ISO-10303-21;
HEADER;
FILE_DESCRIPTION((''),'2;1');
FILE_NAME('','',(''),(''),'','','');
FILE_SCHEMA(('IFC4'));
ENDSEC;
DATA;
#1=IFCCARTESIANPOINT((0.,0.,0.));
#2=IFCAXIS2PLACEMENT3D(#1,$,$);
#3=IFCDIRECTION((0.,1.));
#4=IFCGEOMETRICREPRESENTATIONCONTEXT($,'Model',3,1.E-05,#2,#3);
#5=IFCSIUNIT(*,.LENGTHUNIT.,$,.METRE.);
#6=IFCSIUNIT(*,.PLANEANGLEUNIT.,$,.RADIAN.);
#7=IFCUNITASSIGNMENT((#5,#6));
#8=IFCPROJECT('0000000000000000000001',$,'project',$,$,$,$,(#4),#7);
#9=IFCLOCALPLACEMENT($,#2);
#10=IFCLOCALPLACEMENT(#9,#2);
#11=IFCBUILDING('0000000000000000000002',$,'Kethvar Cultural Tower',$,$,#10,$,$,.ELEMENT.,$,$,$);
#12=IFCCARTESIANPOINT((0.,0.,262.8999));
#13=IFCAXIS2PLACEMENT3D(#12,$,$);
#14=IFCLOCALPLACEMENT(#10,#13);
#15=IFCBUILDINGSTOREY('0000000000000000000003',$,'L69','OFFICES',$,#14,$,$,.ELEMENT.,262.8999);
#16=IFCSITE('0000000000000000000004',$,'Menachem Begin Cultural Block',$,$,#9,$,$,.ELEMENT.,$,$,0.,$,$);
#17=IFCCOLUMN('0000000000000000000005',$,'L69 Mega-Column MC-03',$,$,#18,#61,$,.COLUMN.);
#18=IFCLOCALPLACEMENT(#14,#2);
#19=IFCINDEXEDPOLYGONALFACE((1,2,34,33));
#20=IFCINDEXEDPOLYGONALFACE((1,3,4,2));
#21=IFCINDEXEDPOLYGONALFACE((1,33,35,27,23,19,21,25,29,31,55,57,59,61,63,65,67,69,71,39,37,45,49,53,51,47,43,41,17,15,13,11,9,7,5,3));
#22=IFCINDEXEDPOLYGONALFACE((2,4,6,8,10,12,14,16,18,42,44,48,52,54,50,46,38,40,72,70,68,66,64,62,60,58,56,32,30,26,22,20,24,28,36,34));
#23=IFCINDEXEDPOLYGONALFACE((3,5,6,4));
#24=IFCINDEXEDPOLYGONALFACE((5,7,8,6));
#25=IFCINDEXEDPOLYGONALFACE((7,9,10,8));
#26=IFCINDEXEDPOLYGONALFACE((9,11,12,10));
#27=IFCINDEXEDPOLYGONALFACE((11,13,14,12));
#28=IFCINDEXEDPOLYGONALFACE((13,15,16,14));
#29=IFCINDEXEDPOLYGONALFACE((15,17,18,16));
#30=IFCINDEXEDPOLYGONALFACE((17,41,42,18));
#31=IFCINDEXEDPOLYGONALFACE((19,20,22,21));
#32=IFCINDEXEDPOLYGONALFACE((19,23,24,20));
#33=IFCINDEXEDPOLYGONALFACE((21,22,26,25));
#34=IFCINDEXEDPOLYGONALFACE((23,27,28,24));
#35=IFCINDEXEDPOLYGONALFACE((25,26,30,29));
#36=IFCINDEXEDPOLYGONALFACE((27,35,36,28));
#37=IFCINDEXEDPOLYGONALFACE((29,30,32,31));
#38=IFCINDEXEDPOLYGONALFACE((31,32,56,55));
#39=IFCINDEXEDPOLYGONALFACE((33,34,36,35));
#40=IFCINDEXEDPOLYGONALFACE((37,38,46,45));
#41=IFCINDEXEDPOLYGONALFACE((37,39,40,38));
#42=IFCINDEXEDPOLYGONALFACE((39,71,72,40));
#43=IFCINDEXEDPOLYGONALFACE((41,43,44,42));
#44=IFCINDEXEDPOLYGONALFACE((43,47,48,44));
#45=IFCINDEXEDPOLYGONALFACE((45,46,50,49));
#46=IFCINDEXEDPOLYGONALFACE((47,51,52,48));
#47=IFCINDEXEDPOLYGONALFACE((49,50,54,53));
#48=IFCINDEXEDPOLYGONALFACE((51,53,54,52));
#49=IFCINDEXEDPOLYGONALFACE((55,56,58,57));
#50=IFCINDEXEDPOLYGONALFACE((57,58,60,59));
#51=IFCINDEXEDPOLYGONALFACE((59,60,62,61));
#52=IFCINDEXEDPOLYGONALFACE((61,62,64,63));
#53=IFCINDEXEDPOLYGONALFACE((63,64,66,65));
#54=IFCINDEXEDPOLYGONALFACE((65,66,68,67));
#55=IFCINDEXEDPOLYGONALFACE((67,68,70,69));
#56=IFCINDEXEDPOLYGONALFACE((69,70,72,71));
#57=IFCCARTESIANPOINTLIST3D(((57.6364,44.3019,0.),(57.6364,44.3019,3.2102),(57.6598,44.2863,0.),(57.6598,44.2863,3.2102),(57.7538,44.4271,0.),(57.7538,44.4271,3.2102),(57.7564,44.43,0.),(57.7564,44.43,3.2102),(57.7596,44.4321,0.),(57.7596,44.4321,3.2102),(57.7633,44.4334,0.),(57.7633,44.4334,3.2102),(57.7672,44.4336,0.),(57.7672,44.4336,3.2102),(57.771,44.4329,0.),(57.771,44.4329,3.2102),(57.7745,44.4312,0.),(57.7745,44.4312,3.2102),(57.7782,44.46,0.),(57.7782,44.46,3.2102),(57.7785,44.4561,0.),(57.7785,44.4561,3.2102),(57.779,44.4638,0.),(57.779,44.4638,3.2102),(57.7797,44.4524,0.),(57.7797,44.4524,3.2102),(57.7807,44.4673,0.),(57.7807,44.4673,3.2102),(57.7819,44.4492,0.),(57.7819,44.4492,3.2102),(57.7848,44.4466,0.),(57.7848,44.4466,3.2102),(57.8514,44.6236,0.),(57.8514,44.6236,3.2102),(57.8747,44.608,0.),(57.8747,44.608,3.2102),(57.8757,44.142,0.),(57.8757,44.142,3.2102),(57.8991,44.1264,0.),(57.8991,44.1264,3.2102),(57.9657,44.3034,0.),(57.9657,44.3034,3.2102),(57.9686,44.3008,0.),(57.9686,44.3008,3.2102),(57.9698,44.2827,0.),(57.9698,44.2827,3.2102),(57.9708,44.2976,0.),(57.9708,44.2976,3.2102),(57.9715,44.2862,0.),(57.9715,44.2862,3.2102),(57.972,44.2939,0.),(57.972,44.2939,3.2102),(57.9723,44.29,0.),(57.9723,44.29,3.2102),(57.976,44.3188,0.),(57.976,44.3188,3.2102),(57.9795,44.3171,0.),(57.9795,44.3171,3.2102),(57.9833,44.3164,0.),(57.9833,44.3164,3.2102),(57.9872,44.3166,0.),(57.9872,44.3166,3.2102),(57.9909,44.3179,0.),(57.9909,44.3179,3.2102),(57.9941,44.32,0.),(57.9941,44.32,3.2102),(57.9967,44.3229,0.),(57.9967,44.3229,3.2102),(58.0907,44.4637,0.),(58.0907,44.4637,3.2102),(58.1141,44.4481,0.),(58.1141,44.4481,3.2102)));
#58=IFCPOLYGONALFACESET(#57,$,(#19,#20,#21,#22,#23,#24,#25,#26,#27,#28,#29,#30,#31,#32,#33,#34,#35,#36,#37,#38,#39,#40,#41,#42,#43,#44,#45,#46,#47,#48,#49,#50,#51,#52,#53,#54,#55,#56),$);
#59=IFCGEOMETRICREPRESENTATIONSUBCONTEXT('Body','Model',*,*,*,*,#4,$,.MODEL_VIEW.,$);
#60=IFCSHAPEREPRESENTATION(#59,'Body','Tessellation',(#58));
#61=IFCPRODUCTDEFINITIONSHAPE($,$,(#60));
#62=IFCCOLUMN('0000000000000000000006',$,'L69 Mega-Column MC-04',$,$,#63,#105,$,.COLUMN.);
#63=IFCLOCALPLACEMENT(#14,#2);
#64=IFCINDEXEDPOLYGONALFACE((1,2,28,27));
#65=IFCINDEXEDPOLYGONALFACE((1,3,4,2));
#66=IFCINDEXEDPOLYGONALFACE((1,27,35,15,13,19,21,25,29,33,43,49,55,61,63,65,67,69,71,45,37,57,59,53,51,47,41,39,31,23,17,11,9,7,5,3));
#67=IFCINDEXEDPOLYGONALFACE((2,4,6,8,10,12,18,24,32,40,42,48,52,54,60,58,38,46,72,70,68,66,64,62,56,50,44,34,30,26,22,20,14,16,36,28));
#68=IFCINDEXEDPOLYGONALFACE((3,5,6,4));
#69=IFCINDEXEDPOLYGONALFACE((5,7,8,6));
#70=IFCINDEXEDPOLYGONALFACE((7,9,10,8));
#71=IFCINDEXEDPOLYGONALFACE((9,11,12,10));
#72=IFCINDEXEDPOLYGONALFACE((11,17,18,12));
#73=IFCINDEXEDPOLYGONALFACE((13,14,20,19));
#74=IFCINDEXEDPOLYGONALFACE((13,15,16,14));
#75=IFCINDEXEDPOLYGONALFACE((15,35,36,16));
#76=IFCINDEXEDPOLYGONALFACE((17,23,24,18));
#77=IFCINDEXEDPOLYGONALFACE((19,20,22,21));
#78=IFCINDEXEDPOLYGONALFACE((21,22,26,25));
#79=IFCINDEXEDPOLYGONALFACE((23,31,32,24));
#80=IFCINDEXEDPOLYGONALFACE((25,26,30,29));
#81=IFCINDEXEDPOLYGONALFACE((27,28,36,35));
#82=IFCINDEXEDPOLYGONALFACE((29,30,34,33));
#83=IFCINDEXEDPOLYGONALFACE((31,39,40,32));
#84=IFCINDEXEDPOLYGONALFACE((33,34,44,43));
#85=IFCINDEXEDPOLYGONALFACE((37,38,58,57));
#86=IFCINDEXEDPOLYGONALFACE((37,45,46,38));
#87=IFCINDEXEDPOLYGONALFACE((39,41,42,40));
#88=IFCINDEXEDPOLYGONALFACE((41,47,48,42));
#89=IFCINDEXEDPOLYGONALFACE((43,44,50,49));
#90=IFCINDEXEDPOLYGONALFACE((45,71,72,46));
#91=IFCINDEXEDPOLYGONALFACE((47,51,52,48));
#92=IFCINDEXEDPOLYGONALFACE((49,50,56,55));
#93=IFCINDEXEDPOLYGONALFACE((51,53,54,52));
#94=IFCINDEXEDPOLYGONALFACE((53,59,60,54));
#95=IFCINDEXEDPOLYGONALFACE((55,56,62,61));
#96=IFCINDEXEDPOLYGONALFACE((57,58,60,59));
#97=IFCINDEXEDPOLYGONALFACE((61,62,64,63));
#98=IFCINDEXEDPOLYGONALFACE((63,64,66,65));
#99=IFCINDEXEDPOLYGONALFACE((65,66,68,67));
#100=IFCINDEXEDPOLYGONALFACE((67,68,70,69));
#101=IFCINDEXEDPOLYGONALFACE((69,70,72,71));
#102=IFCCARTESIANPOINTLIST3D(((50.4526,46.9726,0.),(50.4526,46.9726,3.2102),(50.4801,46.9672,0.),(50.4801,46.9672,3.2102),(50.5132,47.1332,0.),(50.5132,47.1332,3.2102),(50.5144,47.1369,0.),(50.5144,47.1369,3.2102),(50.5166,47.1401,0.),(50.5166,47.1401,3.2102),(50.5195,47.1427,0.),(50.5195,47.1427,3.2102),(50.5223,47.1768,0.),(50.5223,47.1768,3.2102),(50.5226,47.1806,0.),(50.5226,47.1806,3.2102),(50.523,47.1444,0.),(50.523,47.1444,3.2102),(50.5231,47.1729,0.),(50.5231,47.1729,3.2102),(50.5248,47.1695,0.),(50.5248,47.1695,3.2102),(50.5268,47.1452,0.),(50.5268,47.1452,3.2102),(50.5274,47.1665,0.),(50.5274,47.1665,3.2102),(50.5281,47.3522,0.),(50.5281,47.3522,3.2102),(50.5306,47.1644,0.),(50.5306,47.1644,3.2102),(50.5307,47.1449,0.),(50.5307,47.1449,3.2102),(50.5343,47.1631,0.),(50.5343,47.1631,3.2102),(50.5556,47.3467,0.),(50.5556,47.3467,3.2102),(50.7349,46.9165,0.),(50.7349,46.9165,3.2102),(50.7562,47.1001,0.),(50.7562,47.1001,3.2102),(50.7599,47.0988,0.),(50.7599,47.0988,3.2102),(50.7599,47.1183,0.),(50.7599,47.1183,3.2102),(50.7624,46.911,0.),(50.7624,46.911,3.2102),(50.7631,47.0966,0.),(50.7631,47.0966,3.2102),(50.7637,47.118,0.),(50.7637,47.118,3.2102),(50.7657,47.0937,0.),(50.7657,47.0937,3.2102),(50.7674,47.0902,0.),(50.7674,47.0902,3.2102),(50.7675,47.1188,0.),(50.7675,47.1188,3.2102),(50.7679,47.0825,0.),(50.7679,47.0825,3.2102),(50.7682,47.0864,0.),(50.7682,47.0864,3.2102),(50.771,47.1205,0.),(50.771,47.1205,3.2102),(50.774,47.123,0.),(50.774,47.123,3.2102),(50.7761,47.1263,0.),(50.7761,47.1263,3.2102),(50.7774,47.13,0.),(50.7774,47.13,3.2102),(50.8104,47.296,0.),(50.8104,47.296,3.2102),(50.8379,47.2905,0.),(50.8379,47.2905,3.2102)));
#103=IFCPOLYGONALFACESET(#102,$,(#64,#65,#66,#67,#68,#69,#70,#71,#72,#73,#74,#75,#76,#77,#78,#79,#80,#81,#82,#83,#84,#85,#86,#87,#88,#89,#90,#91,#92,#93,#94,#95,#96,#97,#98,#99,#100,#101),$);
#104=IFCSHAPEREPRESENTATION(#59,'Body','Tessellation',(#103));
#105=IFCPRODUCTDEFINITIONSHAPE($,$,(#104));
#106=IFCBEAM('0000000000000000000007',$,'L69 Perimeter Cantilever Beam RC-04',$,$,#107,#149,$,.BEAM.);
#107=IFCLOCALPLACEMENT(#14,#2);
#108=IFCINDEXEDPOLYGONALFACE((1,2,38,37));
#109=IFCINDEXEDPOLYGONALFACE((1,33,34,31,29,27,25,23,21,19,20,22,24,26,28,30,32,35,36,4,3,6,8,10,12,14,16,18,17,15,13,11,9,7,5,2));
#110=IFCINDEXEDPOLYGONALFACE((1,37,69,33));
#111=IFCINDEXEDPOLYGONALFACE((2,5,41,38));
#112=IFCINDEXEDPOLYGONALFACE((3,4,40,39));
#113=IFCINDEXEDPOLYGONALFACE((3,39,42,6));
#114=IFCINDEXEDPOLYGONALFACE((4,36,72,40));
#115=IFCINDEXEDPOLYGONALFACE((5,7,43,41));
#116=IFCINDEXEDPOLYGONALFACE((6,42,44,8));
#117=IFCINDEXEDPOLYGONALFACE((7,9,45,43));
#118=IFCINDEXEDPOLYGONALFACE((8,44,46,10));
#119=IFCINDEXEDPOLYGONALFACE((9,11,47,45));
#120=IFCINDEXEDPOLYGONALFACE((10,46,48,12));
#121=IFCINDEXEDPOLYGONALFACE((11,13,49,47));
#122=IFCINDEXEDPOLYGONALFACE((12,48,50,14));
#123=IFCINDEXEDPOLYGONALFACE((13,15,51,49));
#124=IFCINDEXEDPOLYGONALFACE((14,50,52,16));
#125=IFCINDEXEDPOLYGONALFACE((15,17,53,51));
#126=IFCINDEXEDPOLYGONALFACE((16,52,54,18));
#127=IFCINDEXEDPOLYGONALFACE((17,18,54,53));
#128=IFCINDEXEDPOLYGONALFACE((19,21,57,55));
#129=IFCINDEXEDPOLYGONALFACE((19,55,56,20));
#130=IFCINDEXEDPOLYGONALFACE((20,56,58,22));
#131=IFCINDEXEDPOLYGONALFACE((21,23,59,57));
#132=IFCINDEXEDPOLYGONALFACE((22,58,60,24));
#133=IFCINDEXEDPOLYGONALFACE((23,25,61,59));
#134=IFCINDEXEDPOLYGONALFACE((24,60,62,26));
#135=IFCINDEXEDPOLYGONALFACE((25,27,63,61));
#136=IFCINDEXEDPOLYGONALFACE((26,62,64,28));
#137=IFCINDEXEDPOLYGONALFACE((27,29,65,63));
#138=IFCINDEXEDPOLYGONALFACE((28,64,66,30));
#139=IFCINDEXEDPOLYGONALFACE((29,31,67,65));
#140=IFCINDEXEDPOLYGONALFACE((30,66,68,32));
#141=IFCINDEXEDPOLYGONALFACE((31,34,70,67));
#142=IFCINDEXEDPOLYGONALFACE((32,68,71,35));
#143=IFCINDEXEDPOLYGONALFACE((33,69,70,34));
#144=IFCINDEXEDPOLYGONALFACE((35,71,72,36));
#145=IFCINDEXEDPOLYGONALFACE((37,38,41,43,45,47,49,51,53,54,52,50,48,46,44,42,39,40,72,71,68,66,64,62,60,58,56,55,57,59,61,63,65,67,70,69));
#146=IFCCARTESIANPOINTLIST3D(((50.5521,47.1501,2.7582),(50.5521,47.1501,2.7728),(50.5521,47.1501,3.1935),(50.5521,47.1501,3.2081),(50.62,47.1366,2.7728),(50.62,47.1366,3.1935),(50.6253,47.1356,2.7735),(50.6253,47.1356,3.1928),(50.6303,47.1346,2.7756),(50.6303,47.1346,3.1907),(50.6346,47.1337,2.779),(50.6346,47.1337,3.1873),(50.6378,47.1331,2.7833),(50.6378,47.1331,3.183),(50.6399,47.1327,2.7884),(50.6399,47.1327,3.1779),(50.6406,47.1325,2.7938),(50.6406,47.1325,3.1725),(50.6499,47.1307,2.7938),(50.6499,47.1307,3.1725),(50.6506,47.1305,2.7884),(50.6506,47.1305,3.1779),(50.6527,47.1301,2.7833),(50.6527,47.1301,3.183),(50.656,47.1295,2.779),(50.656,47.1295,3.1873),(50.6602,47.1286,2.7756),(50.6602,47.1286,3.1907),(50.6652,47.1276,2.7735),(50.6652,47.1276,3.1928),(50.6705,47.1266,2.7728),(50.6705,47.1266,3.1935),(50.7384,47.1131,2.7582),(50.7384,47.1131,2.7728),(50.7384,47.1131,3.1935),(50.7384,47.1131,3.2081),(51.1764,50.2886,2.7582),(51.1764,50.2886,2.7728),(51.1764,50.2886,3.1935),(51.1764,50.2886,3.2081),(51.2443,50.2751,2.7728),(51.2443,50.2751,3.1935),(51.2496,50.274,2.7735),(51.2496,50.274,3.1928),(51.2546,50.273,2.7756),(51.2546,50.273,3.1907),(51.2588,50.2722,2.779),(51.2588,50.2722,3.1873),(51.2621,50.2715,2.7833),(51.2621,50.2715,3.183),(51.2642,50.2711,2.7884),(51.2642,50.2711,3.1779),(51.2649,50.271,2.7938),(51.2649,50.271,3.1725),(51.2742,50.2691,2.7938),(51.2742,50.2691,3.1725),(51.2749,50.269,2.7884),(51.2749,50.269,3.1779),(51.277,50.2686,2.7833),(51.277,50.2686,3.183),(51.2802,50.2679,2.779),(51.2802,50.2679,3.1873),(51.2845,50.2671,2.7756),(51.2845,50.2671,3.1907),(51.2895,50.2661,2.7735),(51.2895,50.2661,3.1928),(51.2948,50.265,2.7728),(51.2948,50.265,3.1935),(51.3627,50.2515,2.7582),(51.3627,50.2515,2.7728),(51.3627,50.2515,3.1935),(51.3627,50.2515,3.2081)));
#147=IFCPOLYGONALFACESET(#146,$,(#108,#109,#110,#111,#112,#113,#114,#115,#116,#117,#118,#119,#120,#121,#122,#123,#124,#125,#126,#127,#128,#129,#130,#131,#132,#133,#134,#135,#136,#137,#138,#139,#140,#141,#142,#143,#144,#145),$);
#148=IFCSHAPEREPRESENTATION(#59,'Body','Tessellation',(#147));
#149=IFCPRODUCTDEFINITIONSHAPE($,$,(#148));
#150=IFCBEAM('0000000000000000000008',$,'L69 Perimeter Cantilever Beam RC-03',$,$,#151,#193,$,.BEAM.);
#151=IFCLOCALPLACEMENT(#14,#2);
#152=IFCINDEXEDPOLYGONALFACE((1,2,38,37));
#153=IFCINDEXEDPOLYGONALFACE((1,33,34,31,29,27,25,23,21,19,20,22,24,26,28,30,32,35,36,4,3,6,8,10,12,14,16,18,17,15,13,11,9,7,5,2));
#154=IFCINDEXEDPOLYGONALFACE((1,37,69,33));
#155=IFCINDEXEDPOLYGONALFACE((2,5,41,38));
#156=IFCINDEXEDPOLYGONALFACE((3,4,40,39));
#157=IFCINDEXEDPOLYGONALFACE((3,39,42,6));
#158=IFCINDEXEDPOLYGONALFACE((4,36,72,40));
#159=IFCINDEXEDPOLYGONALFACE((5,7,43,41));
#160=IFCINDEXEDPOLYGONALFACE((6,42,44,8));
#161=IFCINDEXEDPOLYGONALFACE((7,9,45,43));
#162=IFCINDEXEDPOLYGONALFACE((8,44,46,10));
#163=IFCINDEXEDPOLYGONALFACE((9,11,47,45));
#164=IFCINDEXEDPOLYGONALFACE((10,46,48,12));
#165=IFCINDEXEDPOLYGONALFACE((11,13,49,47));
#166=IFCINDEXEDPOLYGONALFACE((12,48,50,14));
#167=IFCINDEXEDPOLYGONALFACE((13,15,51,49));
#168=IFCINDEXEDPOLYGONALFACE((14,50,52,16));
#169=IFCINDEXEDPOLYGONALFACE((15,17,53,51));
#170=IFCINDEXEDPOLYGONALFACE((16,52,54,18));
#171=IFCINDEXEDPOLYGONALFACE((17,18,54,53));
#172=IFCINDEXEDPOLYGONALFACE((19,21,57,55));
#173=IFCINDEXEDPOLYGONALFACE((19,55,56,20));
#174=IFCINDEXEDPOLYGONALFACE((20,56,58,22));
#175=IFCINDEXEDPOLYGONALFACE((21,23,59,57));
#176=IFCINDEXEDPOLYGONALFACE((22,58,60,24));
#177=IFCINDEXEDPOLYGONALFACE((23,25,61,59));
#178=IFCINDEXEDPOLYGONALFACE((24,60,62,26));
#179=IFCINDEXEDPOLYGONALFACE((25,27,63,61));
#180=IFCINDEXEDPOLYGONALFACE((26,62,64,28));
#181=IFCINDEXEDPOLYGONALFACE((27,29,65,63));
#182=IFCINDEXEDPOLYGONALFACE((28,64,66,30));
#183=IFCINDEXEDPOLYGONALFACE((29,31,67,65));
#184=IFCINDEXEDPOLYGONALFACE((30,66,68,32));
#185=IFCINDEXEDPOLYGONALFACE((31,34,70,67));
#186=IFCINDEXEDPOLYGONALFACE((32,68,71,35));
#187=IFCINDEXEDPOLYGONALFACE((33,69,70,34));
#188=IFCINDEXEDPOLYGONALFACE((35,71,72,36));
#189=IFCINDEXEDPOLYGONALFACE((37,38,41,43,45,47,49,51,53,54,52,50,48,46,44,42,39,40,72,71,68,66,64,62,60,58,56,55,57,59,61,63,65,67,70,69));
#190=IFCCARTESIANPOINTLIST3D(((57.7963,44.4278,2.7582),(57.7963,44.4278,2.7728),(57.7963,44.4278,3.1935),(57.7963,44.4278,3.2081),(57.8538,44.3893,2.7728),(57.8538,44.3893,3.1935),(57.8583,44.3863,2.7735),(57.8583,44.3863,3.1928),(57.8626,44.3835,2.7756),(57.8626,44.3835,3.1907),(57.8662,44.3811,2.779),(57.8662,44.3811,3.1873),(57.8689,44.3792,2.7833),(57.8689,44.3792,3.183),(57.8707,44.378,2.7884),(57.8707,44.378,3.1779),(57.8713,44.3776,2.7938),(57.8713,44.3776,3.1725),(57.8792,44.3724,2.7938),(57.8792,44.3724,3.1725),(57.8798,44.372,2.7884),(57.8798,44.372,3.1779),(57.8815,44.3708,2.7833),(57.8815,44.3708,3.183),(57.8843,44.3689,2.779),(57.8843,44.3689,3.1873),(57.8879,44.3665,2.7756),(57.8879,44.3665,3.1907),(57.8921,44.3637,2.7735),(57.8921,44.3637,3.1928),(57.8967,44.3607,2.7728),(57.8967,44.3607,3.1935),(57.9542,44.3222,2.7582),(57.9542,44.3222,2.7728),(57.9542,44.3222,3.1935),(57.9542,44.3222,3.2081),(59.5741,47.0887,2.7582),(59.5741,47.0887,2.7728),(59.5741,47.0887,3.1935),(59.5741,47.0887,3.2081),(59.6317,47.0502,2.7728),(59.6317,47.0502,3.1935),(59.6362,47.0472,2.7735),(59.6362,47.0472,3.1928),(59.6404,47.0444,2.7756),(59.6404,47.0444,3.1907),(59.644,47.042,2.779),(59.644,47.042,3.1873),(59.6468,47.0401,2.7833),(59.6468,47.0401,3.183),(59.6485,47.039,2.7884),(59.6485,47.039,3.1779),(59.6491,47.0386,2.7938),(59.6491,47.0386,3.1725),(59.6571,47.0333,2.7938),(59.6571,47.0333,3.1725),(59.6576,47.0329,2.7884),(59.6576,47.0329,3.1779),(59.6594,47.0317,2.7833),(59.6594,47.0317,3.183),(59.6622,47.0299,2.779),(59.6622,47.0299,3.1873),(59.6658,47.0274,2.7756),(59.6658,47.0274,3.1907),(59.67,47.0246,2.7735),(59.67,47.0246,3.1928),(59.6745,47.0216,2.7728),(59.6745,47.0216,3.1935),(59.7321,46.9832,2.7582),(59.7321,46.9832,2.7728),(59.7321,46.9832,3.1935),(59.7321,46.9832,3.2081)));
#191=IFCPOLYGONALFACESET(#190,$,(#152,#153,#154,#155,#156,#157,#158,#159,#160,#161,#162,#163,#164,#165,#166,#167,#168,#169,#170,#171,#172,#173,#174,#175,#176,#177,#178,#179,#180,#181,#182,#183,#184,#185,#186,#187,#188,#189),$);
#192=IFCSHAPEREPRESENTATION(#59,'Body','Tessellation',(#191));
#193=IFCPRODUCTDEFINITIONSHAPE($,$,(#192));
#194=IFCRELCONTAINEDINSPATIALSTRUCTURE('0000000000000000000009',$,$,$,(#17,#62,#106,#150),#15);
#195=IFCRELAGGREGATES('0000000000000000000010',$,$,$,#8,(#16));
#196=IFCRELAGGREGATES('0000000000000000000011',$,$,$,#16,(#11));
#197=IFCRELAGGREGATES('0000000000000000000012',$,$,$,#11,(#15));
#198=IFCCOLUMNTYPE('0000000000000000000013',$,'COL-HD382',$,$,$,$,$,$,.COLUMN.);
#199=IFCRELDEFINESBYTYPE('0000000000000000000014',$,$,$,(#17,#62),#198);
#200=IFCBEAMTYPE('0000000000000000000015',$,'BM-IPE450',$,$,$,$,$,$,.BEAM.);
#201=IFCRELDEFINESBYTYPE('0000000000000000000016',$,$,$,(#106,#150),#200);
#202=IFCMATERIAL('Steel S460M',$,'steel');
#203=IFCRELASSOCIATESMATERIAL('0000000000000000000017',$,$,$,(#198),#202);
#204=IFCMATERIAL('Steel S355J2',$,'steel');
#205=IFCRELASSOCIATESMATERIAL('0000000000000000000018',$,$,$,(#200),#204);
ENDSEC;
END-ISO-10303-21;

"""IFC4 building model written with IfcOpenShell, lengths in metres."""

from ifc_helpers import new_model, si_unit, direction, frame, origin, origin_2d, place, context, subcontext, project, spatial, i_section, extrude, source, transform, mapped, material, material_profile, profile_set, type_object, element, save


model = new_model("IFC4")

# Units and contexts
model_context = context("Model", 3, precision=1e-05, world=origin(), true_north=direction((0.0, 1.0)))
body_context = subcontext(model_context, "Body", "Model", "MODEL_VIEW")
ifc_project = project(units=[si_unit("LENGTHUNIT", "METRE"), si_unit("PLANEANGLEUNIT", "RADIAN")], contexts=[model_context])

# Site, building, storey
site_placement = place(None, origin())
site = spatial("IfcSite", under=ifc_project, at=site_placement, Name="Menachem Begin Cultural Block", CompositionType="ELEMENT", RefElevation=0.0)
building_placement = place(site_placement, origin())
building = spatial("IfcBuilding", under=site, at=building_placement, Name="Kethvar Cultural Tower", CompositionType="ELEMENT")
storey_placement = place(building_placement, frame((0.0, 0.0, 262.8999)))
storey = spatial("IfcBuildingStorey", under=building, at=storey_placement, Name="L69", Description="OFFICES", CompositionType="ELEMENT", Elevation=262.8999)

# Columns
ifc_material_1 = material(Name="Steel S460M", Category="steel")
ifc_material_profile_1 = material_profile(ifc_material_1, i_section(OverallWidth=0.387, OverallDepth=0.3159, WebThickness=0.0186, FlangeThickness=0.0281, FilletRadius=0.0149, at=origin_2d()), Name="Steel S460M — HD400x382")
ifc_profile_set_1 = profile_set([ifc_material_profile_1], Name="Steel S460M — HD400x382")
column_type = type_object("IfcColumnType", Name="COL-HD382", PredefinedType="COLUMN", material=ifc_profile_set_1)
shared_shape_1 = source(origin(), body_context, "Body", "SweptSolid", [
    extrude(i_section(OverallWidth=0.387, OverallDepth=0.3159, WebThickness=0.0186, FlangeThickness=0.0281, FilletRadius=0.0149, at=origin_2d()), origin(), (0.0, 0.0, 1.0), 3.2102),
])
for number, where, z_axis, x_axis, name in (
    (1, (57.8752, 44.375, 0.0), (0.0, 0.0, 1.0), (0.55557, 0.83147, 0.0), "L69 Mega-Column MC-03"),
    (2, (50.6453, 47.1316, 0.0), (0.0, 0.0, 1.0), (0.19509, 0.980785, 0.0), "L69 Mega-Column MC-04"),
):
    element("IfcColumn", number, at=place(storey_placement, frame(where, z_axis=z_axis, x_axis=x_axis)), inside=storey, type_object=column_type, Name=name, PredefinedType="COLUMN", context=body_context, shape_type="MappedRepresentation", body=[
        mapped(shared_shape_1, transform((0.0, 0.0, 0.0), scale=1.0)),
    ])

# Beams
ifc_material_2 = material(Name="Steel S355J2", Category="steel")
ifc_material_profile_2 = material_profile(ifc_material_2, i_section(OverallWidth=0.1899, OverallDepth=0.45, WebThickness=0.0095, FlangeThickness=0.0146, FilletRadius=0.021, at=origin_2d()), Name="Steel S355J2 — IPE450")
ifc_profile_set_2 = profile_set([ifc_material_profile_2], Name="Steel S355J2 — IPE450")
beam_type_1 = type_object("IfcBeamType", Name="BM-IPE450", PredefinedType="BEAM", material=ifc_profile_set_2)
shared_shape_2 = source(origin(), body_context, "Body", "SweptSolid", [
    extrude(i_section(OverallWidth=0.1899, OverallDepth=0.45, WebThickness=0.0095, FlangeThickness=0.0146, FilletRadius=0.021, at=origin_2d()), origin(), (0.0, 0.0, 1.0), 3.2),
])
beam_1_placement = place(storey_placement, frame((50.6453, 47.1316, 2.9832), z_axis=(0.195089, 0.980786, 0.0), x_axis=(-0.980786, 0.195089, 0.0)))
element("IfcBeam", 3, at=beam_1_placement, inside=storey, type_object=beam_type_1, Name="L69 Perimeter Cantilever Beam RC-04", PredefinedType="BEAM", context=body_context, shape_type="MappedRepresentation", body=[
    mapped(shared_shape_2, transform((0.0, 0.0, 0.0), scale=1.0)),
])
shared_shape_3 = source(origin(), body_context, "Body", "SweptSolid", [
    extrude(i_section(OverallWidth=0.1899, OverallDepth=0.45, WebThickness=0.0095, FlangeThickness=0.0146, FilletRadius=0.021, at=origin_2d()), origin(), (0.0, 0.0, 1.0), 3.2002),
])
beam_2_placement = place(storey_placement, frame((57.8752, 44.375, 2.9832), z_axis=(0.555545, 0.831486, 0.0), x_axis=(-0.831486, 0.555545, 0.0)))
element("IfcBeam", 4, at=beam_2_placement, inside=storey, type_object=beam_type_1, Name="L69 Perimeter Cantilever Beam RC-03", PredefinedType="BEAM", context=body_context, shape_type="MappedRepresentation", body=[
    mapped(shared_shape_3, transform((0.0, 0.0, 0.0), scale=1.0)),
])

save(model, "model.ifc")
